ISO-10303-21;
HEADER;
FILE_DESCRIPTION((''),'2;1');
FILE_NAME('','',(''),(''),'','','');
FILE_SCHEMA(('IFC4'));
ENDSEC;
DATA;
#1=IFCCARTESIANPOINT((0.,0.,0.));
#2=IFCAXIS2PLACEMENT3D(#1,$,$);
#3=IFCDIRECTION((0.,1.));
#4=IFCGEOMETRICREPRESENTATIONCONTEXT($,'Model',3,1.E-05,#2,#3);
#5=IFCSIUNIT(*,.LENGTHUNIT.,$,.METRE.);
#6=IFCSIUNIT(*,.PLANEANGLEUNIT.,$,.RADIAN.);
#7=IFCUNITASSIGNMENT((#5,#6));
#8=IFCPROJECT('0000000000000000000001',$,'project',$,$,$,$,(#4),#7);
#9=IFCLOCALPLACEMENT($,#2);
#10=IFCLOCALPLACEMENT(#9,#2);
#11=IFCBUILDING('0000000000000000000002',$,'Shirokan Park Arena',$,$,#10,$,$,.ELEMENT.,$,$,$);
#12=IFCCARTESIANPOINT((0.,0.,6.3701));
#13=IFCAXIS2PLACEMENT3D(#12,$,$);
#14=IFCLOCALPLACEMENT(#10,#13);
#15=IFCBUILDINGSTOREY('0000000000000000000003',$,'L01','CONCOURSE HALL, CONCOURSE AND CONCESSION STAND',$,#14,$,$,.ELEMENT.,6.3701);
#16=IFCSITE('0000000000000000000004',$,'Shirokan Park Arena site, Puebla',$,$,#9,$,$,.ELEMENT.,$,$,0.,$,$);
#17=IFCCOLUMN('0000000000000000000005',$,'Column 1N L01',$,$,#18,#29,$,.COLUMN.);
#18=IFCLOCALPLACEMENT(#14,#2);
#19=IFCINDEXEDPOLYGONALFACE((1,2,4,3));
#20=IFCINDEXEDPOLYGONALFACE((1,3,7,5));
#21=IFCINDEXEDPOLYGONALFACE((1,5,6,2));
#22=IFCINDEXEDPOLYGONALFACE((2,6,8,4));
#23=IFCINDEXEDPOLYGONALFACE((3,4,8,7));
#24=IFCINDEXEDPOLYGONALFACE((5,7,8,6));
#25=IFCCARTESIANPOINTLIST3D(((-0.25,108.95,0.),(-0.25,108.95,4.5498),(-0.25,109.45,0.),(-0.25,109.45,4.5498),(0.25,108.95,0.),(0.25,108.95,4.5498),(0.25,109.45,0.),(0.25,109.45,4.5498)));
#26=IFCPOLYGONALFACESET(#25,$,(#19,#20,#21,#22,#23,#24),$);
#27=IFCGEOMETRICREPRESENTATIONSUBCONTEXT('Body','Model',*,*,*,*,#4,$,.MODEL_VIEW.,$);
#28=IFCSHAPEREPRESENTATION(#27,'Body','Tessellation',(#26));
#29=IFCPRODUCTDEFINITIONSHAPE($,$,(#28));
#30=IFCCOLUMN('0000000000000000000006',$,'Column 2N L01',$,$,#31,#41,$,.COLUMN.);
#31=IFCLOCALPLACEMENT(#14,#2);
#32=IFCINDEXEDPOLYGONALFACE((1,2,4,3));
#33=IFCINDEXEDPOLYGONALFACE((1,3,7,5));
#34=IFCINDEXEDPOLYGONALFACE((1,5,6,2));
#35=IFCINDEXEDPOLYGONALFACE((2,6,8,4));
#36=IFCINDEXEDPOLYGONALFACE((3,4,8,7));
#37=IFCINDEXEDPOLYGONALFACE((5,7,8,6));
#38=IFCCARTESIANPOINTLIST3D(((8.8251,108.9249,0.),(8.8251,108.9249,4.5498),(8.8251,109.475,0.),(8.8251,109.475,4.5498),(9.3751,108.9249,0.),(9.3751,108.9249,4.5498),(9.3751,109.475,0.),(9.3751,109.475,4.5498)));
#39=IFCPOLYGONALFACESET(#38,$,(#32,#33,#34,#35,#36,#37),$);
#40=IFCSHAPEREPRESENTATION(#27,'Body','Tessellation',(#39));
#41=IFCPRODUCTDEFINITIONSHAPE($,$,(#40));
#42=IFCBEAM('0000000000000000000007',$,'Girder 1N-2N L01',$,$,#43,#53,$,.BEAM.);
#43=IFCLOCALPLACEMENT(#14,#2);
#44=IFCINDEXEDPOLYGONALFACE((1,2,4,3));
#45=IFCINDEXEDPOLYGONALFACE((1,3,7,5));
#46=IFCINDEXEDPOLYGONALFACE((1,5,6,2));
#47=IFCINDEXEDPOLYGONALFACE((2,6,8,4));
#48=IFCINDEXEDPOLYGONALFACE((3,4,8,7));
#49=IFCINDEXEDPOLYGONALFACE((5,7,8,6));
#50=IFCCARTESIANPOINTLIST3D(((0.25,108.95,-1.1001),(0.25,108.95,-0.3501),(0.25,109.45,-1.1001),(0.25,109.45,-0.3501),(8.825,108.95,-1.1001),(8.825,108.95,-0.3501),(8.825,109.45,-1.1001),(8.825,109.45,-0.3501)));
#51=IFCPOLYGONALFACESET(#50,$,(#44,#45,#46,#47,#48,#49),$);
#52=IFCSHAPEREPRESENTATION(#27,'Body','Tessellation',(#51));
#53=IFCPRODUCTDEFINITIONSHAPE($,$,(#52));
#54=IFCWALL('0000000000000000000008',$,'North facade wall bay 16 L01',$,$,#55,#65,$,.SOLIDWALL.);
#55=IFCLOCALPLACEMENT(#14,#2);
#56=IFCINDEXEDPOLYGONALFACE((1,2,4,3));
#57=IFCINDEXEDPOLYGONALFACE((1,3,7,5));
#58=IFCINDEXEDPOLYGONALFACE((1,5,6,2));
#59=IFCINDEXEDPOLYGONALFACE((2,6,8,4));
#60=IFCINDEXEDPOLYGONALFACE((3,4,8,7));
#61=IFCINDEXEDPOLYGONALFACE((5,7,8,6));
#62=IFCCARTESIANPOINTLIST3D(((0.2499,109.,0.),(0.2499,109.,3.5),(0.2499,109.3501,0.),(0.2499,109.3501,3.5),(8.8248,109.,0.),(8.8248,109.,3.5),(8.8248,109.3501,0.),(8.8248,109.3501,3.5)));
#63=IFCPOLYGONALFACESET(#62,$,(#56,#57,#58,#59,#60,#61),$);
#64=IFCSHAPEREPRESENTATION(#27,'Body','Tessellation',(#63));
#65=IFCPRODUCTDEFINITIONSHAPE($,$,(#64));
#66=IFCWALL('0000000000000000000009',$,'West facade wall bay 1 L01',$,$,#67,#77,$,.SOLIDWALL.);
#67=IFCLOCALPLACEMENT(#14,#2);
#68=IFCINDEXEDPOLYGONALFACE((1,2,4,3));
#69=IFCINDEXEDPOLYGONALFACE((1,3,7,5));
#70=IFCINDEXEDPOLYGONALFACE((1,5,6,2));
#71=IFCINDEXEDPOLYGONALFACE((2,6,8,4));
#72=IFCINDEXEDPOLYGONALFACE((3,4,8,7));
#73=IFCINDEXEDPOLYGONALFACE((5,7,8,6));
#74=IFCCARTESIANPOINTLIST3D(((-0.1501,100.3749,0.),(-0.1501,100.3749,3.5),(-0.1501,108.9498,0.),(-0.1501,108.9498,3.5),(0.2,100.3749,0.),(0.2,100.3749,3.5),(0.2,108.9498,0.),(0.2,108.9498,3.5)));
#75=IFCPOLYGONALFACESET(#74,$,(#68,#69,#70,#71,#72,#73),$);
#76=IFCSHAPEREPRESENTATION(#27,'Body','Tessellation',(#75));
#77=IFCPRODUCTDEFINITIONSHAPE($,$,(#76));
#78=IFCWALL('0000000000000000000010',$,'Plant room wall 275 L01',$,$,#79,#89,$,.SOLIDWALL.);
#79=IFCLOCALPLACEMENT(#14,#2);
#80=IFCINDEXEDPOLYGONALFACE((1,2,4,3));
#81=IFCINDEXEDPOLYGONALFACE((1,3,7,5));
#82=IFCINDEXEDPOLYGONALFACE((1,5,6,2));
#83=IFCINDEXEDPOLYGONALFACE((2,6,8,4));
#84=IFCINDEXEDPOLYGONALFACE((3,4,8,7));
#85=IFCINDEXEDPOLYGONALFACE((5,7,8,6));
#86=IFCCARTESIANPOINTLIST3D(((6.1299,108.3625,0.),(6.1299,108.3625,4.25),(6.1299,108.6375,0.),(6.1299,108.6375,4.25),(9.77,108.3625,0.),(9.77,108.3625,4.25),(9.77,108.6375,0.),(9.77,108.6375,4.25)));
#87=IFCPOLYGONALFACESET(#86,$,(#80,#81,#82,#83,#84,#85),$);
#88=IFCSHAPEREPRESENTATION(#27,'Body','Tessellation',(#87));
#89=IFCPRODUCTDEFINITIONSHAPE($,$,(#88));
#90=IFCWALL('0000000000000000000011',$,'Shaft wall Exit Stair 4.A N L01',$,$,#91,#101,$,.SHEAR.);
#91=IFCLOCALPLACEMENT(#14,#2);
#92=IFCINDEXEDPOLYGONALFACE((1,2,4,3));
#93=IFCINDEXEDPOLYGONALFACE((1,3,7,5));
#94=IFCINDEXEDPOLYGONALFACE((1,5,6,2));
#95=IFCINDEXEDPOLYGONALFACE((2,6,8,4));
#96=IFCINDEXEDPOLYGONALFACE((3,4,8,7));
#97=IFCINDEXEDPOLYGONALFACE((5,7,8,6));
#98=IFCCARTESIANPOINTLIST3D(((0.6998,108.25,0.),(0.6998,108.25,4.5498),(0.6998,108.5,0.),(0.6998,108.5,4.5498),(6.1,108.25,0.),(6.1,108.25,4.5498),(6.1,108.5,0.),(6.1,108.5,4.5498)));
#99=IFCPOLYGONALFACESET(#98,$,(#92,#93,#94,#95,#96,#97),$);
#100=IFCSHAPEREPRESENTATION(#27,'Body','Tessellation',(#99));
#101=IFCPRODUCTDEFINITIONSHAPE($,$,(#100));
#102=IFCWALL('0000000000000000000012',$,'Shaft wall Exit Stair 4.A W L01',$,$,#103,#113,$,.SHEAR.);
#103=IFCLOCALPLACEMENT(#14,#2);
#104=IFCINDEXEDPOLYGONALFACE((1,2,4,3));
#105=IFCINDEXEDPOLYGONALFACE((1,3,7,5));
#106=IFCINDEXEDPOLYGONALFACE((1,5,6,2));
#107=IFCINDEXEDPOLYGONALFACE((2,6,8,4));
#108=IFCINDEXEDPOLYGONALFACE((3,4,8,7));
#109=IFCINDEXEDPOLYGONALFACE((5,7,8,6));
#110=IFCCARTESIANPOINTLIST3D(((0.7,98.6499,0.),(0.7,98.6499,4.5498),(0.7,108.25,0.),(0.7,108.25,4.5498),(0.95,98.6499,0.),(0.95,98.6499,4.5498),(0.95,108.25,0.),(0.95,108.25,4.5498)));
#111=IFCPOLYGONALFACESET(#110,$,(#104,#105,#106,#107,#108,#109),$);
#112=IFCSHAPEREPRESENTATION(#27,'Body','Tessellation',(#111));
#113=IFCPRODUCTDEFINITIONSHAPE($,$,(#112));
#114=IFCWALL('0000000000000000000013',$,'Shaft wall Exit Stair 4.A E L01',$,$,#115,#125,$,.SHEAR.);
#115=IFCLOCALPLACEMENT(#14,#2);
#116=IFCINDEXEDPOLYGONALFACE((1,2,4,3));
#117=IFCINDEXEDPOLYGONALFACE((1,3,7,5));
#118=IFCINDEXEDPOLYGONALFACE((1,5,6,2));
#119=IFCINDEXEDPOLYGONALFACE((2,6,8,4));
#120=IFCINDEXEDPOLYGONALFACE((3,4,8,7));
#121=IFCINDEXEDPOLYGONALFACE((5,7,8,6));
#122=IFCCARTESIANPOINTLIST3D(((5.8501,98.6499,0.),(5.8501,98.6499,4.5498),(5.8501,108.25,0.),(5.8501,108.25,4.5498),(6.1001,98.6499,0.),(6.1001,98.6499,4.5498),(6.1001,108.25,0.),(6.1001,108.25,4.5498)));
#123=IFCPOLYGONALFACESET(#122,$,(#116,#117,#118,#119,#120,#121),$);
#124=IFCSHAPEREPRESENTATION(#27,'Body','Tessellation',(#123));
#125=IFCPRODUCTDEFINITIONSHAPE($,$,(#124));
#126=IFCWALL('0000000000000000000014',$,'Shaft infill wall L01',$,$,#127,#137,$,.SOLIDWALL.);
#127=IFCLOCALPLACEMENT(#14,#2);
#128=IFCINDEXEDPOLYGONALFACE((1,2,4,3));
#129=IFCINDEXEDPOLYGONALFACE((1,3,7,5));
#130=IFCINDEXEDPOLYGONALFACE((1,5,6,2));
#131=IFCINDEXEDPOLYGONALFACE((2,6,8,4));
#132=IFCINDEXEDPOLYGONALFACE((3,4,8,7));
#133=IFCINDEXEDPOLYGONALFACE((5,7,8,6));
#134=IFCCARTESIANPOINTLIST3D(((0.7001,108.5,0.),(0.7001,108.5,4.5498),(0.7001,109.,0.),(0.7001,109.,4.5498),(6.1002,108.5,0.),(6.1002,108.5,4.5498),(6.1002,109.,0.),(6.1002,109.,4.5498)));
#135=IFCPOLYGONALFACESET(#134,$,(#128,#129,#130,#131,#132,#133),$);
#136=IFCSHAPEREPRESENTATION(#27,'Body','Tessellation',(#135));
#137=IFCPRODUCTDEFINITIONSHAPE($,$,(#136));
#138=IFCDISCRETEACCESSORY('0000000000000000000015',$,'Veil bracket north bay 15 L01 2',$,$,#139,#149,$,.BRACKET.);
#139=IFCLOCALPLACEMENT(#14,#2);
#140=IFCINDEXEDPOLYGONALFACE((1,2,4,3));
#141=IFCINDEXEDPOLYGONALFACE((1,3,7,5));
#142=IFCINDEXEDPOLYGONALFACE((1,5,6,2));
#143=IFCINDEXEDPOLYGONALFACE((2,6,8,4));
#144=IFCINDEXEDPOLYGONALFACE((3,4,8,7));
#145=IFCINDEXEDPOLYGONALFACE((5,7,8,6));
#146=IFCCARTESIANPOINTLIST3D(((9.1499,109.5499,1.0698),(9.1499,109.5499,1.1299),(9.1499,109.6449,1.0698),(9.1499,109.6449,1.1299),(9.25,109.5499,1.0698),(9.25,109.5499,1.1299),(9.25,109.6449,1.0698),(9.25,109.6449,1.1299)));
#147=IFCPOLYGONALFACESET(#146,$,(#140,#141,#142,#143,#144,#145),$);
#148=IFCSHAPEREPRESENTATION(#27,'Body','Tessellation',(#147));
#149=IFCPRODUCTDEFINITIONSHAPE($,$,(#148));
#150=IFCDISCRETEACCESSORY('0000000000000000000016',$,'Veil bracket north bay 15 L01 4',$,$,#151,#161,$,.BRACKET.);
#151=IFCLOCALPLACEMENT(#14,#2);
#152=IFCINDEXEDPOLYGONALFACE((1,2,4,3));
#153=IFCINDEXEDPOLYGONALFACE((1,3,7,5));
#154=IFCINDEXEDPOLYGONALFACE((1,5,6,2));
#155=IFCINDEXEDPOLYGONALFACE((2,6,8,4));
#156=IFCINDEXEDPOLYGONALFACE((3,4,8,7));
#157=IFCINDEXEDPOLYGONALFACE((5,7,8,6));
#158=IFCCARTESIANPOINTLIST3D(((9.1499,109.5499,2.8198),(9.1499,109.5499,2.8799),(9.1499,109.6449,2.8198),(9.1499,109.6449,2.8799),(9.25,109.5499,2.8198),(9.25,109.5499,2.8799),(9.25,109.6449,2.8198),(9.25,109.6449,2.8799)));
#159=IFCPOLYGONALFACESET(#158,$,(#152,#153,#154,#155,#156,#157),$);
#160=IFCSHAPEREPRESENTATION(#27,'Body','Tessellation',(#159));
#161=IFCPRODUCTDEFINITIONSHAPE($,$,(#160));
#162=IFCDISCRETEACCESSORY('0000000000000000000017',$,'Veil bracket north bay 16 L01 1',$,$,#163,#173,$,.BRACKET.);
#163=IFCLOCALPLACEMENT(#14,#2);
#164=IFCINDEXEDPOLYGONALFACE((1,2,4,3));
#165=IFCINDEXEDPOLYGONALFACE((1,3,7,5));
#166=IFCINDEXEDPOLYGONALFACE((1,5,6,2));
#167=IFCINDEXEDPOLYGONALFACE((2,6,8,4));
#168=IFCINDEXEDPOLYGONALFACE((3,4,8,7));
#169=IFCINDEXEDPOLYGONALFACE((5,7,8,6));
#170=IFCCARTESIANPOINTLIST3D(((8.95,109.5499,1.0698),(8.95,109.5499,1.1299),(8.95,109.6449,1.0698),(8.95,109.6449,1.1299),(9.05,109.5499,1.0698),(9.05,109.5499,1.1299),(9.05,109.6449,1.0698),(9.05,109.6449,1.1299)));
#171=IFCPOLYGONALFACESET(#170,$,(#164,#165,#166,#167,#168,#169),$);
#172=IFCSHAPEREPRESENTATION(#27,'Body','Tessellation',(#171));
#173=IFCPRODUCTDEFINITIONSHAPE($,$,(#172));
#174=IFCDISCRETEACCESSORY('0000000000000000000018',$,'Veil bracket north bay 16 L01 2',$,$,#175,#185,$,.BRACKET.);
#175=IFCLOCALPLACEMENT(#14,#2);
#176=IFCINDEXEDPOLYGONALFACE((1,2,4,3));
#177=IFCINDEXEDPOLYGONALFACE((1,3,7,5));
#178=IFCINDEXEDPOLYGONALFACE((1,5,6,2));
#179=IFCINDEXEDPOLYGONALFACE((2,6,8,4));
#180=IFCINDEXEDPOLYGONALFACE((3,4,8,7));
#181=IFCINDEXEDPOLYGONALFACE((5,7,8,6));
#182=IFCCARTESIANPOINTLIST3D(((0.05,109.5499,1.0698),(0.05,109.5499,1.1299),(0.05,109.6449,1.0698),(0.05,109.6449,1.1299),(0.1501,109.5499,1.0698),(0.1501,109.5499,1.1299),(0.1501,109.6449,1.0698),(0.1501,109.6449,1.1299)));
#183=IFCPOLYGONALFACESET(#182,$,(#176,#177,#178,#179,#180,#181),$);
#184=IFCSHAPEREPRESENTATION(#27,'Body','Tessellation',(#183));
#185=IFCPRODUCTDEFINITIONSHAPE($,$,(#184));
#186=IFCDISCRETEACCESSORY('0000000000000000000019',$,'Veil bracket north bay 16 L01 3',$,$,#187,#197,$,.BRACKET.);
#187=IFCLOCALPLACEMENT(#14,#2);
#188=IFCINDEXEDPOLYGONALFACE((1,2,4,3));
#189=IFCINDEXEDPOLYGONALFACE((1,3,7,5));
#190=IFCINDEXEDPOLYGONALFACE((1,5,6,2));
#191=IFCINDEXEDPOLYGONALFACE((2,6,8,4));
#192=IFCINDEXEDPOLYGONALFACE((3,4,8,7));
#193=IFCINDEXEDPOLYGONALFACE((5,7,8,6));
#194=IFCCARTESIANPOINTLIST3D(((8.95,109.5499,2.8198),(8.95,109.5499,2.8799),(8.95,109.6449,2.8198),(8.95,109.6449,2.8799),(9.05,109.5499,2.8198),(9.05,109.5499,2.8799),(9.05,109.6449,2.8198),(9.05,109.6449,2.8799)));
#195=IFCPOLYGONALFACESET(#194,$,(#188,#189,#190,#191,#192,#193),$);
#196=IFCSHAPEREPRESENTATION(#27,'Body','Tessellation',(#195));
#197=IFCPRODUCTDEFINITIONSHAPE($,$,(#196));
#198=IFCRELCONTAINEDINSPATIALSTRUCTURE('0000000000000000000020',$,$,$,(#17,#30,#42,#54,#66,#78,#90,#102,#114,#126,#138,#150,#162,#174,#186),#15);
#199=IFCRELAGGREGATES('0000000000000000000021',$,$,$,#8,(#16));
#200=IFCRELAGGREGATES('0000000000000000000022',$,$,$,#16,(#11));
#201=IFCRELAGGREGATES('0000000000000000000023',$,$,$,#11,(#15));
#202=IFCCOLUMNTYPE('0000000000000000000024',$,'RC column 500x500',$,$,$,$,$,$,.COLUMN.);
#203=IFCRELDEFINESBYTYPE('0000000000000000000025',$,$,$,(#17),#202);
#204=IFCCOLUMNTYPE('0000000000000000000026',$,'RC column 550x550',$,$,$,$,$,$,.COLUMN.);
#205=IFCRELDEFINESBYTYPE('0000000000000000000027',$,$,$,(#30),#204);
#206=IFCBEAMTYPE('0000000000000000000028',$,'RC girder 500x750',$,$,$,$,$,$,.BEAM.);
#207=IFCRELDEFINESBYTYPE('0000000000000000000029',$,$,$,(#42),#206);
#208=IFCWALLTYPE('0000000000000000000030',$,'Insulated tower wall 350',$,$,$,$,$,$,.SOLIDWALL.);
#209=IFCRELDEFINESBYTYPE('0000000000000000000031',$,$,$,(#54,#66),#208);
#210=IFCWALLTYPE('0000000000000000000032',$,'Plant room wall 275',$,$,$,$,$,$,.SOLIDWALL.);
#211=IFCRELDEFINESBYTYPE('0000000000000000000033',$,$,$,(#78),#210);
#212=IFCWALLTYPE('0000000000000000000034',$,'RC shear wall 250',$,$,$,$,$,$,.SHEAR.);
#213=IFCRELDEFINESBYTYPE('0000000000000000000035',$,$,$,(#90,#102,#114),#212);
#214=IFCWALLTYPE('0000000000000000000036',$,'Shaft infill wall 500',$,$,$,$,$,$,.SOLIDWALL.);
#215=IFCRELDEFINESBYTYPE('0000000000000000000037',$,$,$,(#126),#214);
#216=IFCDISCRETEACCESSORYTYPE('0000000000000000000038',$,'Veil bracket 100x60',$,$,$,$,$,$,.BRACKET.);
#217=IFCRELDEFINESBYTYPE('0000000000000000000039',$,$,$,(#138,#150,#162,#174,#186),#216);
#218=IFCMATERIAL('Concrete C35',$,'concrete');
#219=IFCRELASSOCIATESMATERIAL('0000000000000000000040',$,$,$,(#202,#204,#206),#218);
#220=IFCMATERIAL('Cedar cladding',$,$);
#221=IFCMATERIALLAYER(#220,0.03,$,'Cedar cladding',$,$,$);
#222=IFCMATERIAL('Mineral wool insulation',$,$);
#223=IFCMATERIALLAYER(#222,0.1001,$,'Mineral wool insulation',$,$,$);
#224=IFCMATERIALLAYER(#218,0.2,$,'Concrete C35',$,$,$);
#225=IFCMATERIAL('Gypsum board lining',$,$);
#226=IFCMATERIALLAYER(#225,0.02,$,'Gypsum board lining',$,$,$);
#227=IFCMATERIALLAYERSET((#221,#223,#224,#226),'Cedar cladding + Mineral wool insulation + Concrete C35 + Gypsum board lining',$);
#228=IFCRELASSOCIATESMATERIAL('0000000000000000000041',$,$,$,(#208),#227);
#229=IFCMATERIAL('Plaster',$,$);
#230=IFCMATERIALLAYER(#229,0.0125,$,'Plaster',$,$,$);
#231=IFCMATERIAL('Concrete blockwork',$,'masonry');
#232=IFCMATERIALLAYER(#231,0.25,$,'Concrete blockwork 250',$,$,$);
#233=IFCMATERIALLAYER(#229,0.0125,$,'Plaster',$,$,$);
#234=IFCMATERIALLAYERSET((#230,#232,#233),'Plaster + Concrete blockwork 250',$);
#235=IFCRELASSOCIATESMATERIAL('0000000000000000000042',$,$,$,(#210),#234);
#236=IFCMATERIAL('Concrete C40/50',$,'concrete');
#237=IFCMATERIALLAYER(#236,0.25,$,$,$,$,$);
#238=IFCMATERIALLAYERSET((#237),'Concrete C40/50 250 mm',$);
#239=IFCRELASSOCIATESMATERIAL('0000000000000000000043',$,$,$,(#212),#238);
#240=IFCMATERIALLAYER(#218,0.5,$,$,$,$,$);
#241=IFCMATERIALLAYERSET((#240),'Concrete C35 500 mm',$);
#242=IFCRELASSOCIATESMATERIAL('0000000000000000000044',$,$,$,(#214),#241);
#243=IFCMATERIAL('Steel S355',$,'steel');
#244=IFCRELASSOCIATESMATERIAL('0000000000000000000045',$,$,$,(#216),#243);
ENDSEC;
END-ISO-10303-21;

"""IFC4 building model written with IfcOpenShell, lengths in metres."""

from ifc_helpers import new_model, si_unit, direction, frame, frame_2d, origin, origin_2d, place, context, subcontext, project, spatial, rectangle, extrude, material, layer, layer_set, material_profile, profile_set, type_object, element, save


model = new_model("IFC4")

# Units and contexts
model_context = context("Model", 3, precision=1e-05, world=origin(), true_north=direction((0.0, 1.0)))
body_context = subcontext(model_context, "Body", "Model", "MODEL_VIEW")
ifc_project = project(units=[si_unit("LENGTHUNIT", "METRE"), si_unit("PLANEANGLEUNIT", "RADIAN")], contexts=[model_context])

# Site, building, storey
site_placement = place(None, origin())
site = spatial("IfcSite", under=ifc_project, at=site_placement, Name="Shirokan Park Arena site, Puebla", CompositionType="ELEMENT", RefElevation=0.0)
building_placement = place(site_placement, origin())
building = spatial("IfcBuilding", under=site, at=building_placement, Name="Shirokan Park Arena", CompositionType="ELEMENT")
storey_placement = place(building_placement, frame((0.0, 0.0, 6.3701)))
storey = spatial("IfcBuildingStorey", under=building, at=storey_placement, Name="L01", Description="CONCOURSE HALL, CONCOURSE AND CONCESSION STAND", CompositionType="ELEMENT", Elevation=6.3701)

# Columns
ifc_material_1 = material(Name="Concrete C35", Category="concrete")
ifc_material_profile_1 = material_profile(ifc_material_1, rectangle(XDim=0.5, YDim=0.5, at=origin_2d()), Name="500x500")
ifc_profile_set_1 = profile_set([ifc_material_profile_1], Name="Concrete C35")
column_type_1 = type_object("IfcColumnType", Name="RC column 500x500", PredefinedType="COLUMN", material=ifc_profile_set_1)
column_1_placement = place(storey_placement, frame((0.0, 109.2, 0.0), z_axis=(0.0, 0.0, 1.0), x_axis=(1.0, 0.0, 0.0)))
element("IfcColumn", 1, at=column_1_placement, inside=storey, type_object=column_type_1, Name="Column 1N L01", PredefinedType="COLUMN", context=body_context, shape_type="SweptSolid", body=[
    extrude(rectangle(XDim=0.5, YDim=0.5, at=origin_2d()), origin(), (0.0, 0.0, 1.0), 4.5498),
])
ifc_material_profile_2 = material_profile(ifc_material_1, rectangle(XDim=0.55, YDim=0.55, at=origin_2d()), Name="550x550")
ifc_profile_set_2 = profile_set([ifc_material_profile_2], Name="Concrete C35")
column_type_2 = type_object("IfcColumnType", Name="RC column 550x550", PredefinedType="COLUMN", material=ifc_profile_set_2)
column_2_placement = place(storey_placement, frame((9.1001, 109.2, 0.0), z_axis=(0.0, 0.0, 1.0), x_axis=(1.0, 0.0, 0.0)))
element("IfcColumn", 2, at=column_2_placement, inside=storey, type_object=column_type_2, Name="Column 2N L01", PredefinedType="COLUMN", context=body_context, shape_type="SweptSolid", body=[
    extrude(rectangle(XDim=0.55, YDim=0.55, at=origin_2d()), origin(), (0.0, 0.0, 1.0), 4.5498),
])

# Beam
ifc_material_profile_3 = material_profile(ifc_material_1, rectangle(XDim=0.5, YDim=0.75, at=origin_2d()), Name="500x750")
ifc_profile_set_3 = profile_set([ifc_material_profile_3], Name="Concrete C35")
beam_type = type_object("IfcBeamType", Name="RC girder 500x750", PredefinedType="BEAM", material=ifc_profile_set_3)
beam_placement = place(storey_placement, frame((0.25, 109.2, -0.7251), z_axis=(1.0, 0.0, 0.0), x_axis=(0.0, 1.0, 0.0)))
element("IfcBeam", 3, at=beam_placement, inside=storey, type_object=beam_type, Name="Girder 1N-2N L01", PredefinedType="BEAM", context=body_context, shape_type="SweptSolid", body=[
    extrude(rectangle(XDim=0.5, YDim=0.75, at=origin_2d()), origin(), (0.0, 0.0, 1.0), 8.575),
])

# Walls
ifc_material_2 = material(Name="Cedar cladding")
ifc_layer_1 = layer(ifc_material_2, 0.03, Name="Cedar cladding")
ifc_material_3 = material(Name="Mineral wool insulation")
ifc_layer_2 = layer(ifc_material_3, 0.1001, Name="Mineral wool insulation")
ifc_layer_3 = layer(ifc_material_1, 0.2, Name="Concrete C35")
ifc_material_4 = material(Name="Gypsum board lining")
ifc_layer_4 = layer(ifc_material_4, 0.02, Name="Gypsum board lining")
ifc_layer_set_1 = layer_set([ifc_layer_1, ifc_layer_2, ifc_layer_3, ifc_layer_4], Name="Cedar cladding + Mineral wool insulation + Concrete C35 + Gypsum board lining")
wall_type_1 = type_object("IfcWallType", Name="Insulated tower wall 350", PredefinedType="SOLIDWALL", material=ifc_layer_set_1)
for number, where, z_axis, x_axis, name in (
    (4, (8.825, 109.175, 0.0), (0.0, 0.0, 1.0), (-1.0, 0.0, 0.0), "North facade wall bay 16 L01"),
    (5, (0.0249, 108.95, 0.0), (0.0, 0.0, 1.0), (0.0, -1.0, 0.0), "West facade wall bay 1 L01"),
):
    element("IfcWall", number, at=place(storey_placement, frame(where, z_axis=z_axis, x_axis=x_axis)), inside=storey, type_object=wall_type_1, Name=name, PredefinedType="SOLIDWALL", context=body_context, shape_type="SweptSolid", body=[
        extrude(rectangle(XDim=8.575, YDim=0.3501, at=frame_2d((4.2876, 0.0))), origin(), (0.0, 0.0, 1.0), 3.5),
    ])
ifc_material_5 = material(Name="Plaster")
ifc_layer_5 = layer(ifc_material_5, 0.0125, Name="Plaster")
ifc_material_6 = material(Name="Concrete blockwork", Category="masonry")
ifc_layer_6 = layer(ifc_material_6, 0.25, Name="Concrete blockwork 250")
ifc_layer_7 = layer(ifc_material_5, 0.0125, Name="Plaster")
ifc_layer_set_2 = layer_set([ifc_layer_5, ifc_layer_6, ifc_layer_7], Name="Plaster + Concrete blockwork 250")
wall_type_2 = type_object("IfcWallType", Name="Plant room wall 275", PredefinedType="SOLIDWALL", material=ifc_layer_set_2)
wall_1_placement = place(storey_placement, frame((6.1299, 108.5, 0.0), z_axis=(0.0, 0.0, 1.0), x_axis=(1.0, 0.0, 0.0)))
element("IfcWall", 6, at=wall_1_placement, inside=storey, type_object=wall_type_2, Name="Plant room wall 275 L01", PredefinedType="SOLIDWALL", context=body_context, shape_type="SweptSolid", body=[
    extrude(rectangle(XDim=3.6401, YDim=0.2749, at=frame_2d((1.8201, 0.0))), origin(), (0.0, 0.0, 1.0), 4.25),
])
ifc_material_7 = material(Name="Concrete C40/50", Category="concrete")
ifc_layer_8 = layer(ifc_material_7, 0.25)
ifc_layer_set_3 = layer_set([ifc_layer_8], Name="Concrete C40/50 250 mm")
wall_type_3 = type_object("IfcWallType", Name="RC shear wall 250", PredefinedType="SHEAR", material=ifc_layer_set_3)
wall_2_placement = place(storey_placement, frame((6.1001, 108.375, 0.0), z_axis=(0.0, 0.0, 1.0), x_axis=(-1.0, 0.0, 0.0)))
element("IfcWall", 7, at=wall_2_placement, inside=storey, type_object=wall_type_3, Name="Shaft wall Exit Stair 4.A N L01", PredefinedType="SHEAR", context=body_context, shape_type="SweptSolid", body=[
    extrude(rectangle(XDim=5.4001, YDim=0.25, at=frame_2d((2.7002, 0.0))), origin(), (0.0, 0.0, 1.0), 4.5498),
])
for number, where, z_axis, x_axis, name in (
    (8, (0.825, 108.25, 0.0), (0.0, 0.0, 1.0), (0.0, -1.0, 0.0), "Shaft wall Exit Stair 4.A W L01"),
    (9, (5.9751, 108.25, 0.0), (0.0, 0.0, 1.0), (0.0, -1.0, 0.0), "Shaft wall Exit Stair 4.A E L01"),
):
    element("IfcWall", number, at=place(storey_placement, frame(where, z_axis=z_axis, x_axis=x_axis)), inside=storey, type_object=wall_type_3, Name=name, PredefinedType="SHEAR", context=body_context, shape_type="SweptSolid", body=[
        extrude(rectangle(XDim=9.6001, YDim=0.25, at=frame_2d((4.8, 0.0))), origin(), (0.0, 0.0, 1.0), 4.5498),
    ])
ifc_layer_9 = layer(ifc_material_1, 0.5)
ifc_layer_set_4 = layer_set([ifc_layer_9], Name="Concrete C35 500 mm")
wall_type_4 = type_object("IfcWallType", Name="Shaft infill wall 500", PredefinedType="SOLIDWALL", material=ifc_layer_set_4)
wall_3_placement = place(storey_placement, frame((0.7, 108.75, 0.0), z_axis=(0.0, 0.0, 1.0), x_axis=(1.0, 0.0, 0.0)))
element("IfcWall", 10, at=wall_3_placement, inside=storey, type_object=wall_type_4, Name="Shaft infill wall L01", PredefinedType="SOLIDWALL", context=body_context, shape_type="SweptSolid", body=[
    extrude(rectangle(XDim=5.4001, YDim=0.5, at=frame_2d((2.7002, 0.0))), origin(), (0.0, 0.0, 1.0), 4.5498),
])

# Discrete accessories
ifc_material_8 = material(Name="Steel S355", Category="steel")
discrete_accessory_type = type_object("IfcDiscreteAccessoryType", Name="Veil bracket 100x60", PredefinedType="BRACKET", material=ifc_material_8)
for number, where, z_axis, x_axis, name in (
    (11, (9.2, 109.5974, 1.0698), (0.0, 0.0, 1.0), (-1.0, 0.0, 0.0), "Veil bracket north bay 15 L01 2"),
    (12, (9.2, 109.5974, 2.8198), (0.0, 0.0, 1.0), (-1.0, 0.0, 0.0), "Veil bracket north bay 15 L01 4"),
    (13, (9.0, 109.5974, 1.0698), (0.0, 0.0, 1.0), (-1.0, 0.0, 0.0), "Veil bracket north bay 16 L01 1"),
    (14, (0.1001, 109.5974, 1.0698), (0.0, 0.0, 1.0), (-1.0, 0.0, 0.0), "Veil bracket north bay 16 L01 2"),
    (15, (9.0, 109.5974, 2.8198), (0.0, 0.0, 1.0), (-1.0, 0.0, 0.0), "Veil bracket north bay 16 L01 3"),
):
    element("IfcDiscreteAccessory", number, at=place(storey_placement, frame(where, z_axis=z_axis, x_axis=x_axis)), inside=storey, type_object=discrete_accessory_type, Name=name, PredefinedType="BRACKET", context=body_context, shape_type="SweptSolid", body=[
        extrude(rectangle(XDim=0.1001, YDim=0.095, at=origin_2d()), origin(), (0.0, 0.0, 1.0), 0.0601),
    ])

save(model, "model.ifc")
